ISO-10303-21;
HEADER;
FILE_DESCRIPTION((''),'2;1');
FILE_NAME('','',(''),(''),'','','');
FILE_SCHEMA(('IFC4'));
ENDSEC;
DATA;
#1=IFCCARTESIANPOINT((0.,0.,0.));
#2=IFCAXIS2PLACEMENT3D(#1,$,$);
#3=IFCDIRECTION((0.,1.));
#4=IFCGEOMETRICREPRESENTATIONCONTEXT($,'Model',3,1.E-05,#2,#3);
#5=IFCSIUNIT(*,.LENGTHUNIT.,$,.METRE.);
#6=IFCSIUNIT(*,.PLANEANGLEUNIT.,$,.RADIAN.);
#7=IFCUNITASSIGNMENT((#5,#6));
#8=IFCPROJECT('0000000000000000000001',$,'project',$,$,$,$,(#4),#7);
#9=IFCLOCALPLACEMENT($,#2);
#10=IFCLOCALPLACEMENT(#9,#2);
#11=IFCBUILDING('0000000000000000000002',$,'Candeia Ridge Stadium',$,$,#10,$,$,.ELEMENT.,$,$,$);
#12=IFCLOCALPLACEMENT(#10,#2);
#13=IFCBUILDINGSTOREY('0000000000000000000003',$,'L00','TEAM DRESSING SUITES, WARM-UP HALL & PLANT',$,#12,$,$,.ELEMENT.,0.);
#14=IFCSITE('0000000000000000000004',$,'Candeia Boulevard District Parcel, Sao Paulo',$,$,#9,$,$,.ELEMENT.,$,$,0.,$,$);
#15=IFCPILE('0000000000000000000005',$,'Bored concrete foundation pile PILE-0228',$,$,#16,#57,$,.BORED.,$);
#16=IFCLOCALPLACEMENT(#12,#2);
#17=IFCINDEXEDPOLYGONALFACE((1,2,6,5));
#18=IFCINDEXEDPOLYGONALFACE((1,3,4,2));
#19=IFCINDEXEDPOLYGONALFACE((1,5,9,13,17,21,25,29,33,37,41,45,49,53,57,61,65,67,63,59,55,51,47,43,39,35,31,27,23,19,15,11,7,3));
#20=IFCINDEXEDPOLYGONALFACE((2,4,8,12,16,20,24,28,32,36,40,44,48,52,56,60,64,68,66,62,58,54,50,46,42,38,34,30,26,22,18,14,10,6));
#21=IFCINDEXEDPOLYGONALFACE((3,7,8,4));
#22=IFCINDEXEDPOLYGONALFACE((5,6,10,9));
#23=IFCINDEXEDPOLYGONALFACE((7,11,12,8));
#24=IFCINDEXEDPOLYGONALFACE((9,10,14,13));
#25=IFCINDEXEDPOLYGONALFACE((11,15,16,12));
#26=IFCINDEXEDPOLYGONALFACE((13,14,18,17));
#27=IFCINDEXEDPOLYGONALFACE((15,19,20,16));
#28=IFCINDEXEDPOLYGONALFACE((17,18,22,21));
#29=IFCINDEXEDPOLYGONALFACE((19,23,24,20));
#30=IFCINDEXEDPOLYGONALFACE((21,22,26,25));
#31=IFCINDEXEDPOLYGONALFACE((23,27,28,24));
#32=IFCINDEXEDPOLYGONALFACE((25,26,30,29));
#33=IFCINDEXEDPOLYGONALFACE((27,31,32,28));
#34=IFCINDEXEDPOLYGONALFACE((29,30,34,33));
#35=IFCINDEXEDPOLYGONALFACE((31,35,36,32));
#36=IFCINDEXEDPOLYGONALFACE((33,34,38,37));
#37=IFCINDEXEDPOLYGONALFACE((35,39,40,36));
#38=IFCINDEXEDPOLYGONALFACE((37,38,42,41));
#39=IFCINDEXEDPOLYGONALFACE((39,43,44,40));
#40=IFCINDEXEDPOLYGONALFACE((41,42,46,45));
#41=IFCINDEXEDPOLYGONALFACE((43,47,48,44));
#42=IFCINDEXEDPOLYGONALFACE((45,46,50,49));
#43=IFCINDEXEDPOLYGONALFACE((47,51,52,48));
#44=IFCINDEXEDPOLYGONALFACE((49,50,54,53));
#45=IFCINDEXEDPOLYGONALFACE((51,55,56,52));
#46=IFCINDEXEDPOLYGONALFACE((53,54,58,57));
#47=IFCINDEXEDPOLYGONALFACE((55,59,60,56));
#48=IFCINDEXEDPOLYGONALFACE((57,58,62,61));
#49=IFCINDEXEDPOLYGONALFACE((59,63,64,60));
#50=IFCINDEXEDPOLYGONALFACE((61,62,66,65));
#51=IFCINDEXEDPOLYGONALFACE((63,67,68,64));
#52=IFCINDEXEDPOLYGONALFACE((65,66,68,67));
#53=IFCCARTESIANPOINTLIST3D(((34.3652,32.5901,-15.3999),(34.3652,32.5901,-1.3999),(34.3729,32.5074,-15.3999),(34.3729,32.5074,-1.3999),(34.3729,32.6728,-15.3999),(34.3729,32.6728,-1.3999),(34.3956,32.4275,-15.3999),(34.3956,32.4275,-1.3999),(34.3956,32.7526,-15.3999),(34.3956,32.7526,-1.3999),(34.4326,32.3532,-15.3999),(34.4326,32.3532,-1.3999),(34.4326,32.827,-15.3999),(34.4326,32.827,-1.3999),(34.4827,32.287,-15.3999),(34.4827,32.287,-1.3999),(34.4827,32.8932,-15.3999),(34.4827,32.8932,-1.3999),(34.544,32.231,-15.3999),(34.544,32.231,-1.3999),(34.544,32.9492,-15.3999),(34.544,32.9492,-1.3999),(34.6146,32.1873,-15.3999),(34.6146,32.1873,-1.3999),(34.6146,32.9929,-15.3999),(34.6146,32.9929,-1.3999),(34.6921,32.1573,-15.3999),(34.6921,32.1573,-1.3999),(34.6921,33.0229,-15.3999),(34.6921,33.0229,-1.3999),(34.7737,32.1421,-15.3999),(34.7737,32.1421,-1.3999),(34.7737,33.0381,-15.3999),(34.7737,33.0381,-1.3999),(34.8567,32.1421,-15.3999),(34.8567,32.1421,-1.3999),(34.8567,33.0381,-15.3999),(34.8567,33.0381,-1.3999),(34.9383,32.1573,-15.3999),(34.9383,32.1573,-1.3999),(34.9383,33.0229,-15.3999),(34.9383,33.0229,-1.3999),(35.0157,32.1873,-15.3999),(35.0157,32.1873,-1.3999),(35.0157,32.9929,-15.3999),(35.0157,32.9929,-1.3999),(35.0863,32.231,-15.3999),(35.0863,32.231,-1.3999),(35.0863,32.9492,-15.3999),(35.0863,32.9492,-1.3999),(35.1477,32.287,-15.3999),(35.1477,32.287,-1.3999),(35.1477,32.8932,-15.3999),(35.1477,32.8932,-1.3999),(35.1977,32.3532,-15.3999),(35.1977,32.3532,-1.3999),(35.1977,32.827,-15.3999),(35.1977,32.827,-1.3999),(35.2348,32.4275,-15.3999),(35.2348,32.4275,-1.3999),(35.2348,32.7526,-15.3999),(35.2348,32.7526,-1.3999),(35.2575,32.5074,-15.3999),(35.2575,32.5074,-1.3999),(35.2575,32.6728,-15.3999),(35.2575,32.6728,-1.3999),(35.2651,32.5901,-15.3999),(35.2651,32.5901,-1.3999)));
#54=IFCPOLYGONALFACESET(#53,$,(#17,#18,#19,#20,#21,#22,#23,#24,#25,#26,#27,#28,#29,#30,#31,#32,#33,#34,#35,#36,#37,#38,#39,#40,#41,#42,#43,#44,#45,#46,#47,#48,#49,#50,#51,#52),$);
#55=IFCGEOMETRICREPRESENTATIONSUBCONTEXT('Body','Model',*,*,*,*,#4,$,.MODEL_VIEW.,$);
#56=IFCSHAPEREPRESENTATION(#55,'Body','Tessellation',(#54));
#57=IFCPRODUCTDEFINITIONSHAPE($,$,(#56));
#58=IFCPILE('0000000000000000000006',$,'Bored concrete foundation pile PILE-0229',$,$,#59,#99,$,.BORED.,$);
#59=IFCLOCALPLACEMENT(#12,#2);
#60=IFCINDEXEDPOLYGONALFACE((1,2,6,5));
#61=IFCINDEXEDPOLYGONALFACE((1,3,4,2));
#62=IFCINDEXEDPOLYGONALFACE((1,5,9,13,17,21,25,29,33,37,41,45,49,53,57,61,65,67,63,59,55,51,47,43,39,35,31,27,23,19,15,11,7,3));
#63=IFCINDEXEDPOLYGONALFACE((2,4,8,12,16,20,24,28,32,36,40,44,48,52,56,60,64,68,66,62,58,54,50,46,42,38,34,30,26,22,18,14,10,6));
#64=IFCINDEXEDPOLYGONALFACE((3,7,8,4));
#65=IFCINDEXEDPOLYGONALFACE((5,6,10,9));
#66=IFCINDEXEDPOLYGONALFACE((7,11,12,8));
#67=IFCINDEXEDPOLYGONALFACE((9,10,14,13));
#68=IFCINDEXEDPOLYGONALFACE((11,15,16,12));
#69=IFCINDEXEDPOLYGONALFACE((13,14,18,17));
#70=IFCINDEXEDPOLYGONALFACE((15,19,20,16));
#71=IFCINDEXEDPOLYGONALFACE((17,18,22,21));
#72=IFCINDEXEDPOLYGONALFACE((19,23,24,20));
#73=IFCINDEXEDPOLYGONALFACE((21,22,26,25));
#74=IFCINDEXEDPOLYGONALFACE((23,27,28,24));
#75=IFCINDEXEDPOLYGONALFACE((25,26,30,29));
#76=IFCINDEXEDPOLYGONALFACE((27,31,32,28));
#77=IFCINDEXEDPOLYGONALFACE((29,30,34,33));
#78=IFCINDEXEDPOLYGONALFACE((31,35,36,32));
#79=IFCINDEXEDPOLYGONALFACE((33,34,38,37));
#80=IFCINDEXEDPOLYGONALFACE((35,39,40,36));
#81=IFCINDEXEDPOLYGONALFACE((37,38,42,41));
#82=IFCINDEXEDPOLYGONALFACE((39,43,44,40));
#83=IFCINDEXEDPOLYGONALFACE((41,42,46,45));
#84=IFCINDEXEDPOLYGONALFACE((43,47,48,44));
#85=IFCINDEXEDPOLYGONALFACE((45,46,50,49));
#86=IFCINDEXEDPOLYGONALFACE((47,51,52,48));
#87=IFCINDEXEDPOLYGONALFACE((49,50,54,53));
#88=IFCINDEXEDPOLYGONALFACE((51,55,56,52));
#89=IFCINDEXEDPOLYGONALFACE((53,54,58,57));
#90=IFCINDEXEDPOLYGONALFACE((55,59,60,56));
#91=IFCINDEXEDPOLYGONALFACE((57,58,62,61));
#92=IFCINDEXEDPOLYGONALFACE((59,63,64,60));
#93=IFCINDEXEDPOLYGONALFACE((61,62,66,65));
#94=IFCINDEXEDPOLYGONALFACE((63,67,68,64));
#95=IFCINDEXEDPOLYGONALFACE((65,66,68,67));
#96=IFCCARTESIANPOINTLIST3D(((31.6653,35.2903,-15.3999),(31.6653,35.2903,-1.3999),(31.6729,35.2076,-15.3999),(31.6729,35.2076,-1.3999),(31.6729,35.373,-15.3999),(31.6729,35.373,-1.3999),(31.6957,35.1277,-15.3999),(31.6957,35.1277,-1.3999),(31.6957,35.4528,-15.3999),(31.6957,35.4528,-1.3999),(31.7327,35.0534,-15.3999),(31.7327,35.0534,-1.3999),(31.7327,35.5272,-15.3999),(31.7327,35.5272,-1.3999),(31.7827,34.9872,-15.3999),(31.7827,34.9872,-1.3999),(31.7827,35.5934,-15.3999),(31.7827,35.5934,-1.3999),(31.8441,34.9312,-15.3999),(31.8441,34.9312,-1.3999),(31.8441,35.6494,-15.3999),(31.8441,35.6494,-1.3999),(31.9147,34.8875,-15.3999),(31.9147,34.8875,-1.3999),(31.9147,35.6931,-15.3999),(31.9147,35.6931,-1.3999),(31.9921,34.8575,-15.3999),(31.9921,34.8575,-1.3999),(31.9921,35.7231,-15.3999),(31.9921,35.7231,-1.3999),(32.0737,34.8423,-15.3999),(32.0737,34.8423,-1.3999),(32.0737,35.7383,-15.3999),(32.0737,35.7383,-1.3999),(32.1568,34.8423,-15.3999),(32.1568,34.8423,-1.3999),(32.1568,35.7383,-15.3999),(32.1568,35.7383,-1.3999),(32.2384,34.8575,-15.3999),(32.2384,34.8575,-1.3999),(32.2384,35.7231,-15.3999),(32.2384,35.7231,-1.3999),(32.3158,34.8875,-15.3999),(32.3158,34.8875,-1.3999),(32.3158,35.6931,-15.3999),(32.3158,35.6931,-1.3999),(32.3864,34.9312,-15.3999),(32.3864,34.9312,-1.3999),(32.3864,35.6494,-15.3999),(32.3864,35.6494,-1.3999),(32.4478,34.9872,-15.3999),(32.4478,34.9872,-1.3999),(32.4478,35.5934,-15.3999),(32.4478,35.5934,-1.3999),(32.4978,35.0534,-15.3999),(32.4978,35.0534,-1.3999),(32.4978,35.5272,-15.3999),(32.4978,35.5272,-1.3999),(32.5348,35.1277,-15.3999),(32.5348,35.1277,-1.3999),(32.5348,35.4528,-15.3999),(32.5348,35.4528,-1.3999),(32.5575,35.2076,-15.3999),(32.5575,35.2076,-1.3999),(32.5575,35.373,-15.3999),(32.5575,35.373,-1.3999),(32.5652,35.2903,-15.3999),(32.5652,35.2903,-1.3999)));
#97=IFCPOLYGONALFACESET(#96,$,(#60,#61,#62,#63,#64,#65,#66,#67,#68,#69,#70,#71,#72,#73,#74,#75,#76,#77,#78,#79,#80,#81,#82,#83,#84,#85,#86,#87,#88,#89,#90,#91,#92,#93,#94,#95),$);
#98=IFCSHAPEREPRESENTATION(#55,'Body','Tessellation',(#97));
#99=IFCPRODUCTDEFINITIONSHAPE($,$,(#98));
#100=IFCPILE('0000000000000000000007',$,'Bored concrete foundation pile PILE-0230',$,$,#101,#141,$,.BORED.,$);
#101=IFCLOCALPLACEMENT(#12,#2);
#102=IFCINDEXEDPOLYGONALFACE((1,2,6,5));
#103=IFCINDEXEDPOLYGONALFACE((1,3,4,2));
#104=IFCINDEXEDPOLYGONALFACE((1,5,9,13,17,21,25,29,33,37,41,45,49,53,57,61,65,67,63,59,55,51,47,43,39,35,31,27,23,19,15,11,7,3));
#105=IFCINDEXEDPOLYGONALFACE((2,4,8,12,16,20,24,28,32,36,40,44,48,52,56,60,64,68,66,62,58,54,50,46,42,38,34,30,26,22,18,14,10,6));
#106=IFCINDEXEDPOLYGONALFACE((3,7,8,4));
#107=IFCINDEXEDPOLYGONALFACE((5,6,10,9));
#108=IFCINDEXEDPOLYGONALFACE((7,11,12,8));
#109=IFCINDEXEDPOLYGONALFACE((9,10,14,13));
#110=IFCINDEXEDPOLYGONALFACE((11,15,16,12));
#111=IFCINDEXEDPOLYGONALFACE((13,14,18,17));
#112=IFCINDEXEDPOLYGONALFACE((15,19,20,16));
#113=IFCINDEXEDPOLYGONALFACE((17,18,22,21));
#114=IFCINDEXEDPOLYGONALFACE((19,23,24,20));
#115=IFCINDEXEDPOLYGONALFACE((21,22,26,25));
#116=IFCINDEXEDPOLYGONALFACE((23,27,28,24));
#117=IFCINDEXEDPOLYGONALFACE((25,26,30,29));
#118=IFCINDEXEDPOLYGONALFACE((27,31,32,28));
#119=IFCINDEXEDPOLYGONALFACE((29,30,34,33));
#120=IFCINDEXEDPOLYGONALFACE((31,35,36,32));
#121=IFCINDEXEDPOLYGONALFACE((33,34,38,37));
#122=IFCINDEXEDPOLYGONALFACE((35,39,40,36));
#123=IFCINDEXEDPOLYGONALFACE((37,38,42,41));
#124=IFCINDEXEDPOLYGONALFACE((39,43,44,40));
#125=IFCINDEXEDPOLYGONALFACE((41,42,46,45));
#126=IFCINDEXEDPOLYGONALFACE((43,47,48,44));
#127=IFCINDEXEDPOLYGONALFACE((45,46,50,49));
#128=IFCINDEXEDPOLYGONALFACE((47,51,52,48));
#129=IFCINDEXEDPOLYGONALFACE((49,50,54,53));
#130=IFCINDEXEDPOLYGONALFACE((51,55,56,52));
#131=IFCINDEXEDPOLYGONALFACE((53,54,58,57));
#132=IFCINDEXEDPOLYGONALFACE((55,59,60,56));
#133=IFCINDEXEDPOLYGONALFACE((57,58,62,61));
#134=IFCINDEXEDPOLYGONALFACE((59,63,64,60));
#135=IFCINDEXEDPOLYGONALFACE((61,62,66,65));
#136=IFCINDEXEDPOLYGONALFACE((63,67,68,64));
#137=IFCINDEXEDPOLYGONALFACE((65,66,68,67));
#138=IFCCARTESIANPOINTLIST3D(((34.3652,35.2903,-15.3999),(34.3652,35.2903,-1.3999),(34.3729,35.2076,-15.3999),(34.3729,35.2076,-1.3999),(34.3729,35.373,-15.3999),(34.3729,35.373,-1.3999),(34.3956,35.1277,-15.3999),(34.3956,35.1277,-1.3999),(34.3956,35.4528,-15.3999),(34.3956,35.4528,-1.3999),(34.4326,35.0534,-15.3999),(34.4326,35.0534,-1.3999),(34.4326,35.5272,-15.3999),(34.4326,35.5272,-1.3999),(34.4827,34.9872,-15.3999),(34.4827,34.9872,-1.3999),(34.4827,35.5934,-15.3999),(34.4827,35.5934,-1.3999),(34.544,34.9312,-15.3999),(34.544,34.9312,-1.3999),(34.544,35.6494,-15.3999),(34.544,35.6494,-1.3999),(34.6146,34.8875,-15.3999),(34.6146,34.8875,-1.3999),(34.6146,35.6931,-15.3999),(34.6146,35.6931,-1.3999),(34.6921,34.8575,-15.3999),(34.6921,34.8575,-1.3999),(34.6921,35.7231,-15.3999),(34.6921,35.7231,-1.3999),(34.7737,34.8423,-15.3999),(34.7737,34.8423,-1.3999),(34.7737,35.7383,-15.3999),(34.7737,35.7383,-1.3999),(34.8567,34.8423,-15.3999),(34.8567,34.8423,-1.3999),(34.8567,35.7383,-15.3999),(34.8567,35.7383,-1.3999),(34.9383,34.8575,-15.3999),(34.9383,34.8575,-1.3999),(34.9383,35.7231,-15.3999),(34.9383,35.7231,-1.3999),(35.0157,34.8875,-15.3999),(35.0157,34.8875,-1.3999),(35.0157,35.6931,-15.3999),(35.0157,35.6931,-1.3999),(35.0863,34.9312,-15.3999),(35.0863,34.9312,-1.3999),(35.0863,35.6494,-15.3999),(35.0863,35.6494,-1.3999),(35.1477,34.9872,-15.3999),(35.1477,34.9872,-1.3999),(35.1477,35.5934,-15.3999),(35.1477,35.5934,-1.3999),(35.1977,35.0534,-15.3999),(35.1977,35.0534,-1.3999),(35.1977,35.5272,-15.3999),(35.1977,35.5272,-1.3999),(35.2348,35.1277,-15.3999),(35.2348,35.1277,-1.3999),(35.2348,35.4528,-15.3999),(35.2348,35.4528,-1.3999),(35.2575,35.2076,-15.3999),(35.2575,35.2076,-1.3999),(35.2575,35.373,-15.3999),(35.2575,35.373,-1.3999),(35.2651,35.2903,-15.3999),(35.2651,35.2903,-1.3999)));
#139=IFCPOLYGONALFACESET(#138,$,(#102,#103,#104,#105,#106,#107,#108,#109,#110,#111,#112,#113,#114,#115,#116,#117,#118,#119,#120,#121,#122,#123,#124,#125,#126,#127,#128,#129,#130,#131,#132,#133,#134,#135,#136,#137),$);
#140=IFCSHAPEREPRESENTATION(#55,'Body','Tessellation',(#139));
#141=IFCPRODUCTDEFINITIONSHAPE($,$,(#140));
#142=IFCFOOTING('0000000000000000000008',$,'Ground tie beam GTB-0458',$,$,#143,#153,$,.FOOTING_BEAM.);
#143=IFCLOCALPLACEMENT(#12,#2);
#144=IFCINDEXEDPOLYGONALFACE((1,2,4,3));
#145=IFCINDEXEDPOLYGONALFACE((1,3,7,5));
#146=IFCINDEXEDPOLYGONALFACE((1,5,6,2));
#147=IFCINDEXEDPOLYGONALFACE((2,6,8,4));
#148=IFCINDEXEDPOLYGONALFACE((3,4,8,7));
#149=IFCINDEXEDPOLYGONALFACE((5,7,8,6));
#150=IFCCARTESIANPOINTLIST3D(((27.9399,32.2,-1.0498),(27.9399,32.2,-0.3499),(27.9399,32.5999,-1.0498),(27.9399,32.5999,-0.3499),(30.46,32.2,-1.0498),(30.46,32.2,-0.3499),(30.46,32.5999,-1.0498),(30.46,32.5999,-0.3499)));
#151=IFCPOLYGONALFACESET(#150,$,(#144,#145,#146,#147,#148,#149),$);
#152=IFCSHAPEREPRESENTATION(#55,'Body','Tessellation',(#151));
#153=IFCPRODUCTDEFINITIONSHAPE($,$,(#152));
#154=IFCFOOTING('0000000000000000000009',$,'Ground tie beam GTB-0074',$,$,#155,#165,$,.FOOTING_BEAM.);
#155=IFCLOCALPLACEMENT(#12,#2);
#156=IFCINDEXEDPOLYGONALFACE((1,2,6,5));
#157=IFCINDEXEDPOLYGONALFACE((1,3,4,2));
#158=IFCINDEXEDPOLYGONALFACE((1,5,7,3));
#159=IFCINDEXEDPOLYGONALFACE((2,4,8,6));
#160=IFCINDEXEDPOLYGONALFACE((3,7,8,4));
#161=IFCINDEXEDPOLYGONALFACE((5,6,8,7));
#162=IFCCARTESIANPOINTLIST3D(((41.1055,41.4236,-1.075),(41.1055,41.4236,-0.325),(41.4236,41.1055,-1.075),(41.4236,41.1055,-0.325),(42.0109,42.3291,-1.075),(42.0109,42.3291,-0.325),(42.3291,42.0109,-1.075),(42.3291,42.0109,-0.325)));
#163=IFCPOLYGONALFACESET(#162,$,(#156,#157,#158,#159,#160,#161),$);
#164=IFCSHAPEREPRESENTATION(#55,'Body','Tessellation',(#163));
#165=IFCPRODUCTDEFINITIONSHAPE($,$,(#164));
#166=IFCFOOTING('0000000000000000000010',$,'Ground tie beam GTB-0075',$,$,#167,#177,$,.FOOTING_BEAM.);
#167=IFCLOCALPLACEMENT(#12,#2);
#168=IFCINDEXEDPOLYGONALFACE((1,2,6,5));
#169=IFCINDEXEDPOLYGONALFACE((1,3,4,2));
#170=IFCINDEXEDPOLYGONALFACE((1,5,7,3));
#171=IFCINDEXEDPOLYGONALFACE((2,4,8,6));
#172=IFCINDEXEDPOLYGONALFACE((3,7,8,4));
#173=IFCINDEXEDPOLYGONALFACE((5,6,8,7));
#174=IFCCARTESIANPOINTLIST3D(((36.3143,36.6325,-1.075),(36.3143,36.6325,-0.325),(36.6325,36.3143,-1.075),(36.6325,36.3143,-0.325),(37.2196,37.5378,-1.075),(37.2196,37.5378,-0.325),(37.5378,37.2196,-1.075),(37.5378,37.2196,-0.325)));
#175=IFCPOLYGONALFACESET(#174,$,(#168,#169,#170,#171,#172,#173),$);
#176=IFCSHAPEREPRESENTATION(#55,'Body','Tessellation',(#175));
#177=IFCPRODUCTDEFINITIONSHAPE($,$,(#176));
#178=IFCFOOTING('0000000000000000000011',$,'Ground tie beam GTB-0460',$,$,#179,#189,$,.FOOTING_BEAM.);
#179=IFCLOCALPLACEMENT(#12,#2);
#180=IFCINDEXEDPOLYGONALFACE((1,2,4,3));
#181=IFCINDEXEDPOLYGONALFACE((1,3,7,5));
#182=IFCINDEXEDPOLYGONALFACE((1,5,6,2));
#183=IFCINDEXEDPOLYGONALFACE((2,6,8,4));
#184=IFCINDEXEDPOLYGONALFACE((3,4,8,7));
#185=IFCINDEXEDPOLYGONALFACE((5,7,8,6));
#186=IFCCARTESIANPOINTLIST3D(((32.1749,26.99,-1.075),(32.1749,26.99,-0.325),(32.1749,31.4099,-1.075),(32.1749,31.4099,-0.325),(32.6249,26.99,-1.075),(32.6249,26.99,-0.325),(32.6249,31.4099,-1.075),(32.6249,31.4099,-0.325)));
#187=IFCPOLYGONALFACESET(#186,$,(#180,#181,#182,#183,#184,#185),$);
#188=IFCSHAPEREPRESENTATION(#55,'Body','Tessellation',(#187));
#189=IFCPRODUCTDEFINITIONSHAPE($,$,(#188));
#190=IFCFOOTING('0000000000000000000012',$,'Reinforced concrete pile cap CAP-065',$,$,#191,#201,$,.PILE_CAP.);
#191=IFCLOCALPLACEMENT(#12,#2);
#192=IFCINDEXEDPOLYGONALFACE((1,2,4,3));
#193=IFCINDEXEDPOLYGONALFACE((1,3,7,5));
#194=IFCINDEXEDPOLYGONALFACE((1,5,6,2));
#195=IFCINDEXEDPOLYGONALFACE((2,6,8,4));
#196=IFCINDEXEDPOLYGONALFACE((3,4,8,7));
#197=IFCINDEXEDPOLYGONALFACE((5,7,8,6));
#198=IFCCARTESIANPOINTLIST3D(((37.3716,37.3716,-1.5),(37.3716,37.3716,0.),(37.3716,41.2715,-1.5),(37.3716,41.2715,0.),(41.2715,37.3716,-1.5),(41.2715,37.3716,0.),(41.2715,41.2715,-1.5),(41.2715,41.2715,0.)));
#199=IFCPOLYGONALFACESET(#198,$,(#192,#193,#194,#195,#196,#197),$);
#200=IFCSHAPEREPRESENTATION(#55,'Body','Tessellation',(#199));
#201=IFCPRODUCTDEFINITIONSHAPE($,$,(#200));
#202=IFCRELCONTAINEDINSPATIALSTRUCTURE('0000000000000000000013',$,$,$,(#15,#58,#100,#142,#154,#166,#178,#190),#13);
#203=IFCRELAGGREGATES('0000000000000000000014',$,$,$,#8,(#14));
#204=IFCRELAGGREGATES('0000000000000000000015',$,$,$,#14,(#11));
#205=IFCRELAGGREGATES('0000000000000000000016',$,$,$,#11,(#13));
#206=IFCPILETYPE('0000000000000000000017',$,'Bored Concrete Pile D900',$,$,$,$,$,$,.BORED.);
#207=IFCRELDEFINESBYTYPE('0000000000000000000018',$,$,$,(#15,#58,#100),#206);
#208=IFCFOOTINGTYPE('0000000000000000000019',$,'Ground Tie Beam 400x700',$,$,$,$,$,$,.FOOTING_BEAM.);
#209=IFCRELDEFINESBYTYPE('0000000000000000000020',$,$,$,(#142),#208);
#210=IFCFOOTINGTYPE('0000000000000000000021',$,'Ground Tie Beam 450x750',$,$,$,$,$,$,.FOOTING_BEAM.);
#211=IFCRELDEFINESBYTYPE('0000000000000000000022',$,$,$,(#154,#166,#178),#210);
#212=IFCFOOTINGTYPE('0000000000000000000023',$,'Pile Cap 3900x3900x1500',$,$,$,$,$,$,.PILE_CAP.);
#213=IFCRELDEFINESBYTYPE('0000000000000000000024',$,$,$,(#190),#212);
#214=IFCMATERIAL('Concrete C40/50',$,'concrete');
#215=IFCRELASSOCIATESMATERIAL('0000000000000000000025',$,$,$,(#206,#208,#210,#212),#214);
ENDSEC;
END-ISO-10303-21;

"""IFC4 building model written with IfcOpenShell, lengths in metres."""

from ifc_helpers import new_model, si_unit, direction, frame, origin, origin_2d, place, context, subcontext, project, spatial, rectangle, circle, extrude, material, material_profile, profile_set, type_object, element, save


model = new_model("IFC4")

# Units and contexts
model_context = context("Model", 3, precision=1e-05, world=origin(), true_north=direction((0.0, 1.0)))
body_context = subcontext(model_context, "Body", "Model", "MODEL_VIEW")
ifc_project = project(units=[si_unit("LENGTHUNIT", "METRE"), si_unit("PLANEANGLEUNIT", "RADIAN")], contexts=[model_context])

# Site, building, storey
site_placement = place(None, origin())
site = spatial("IfcSite", under=ifc_project, at=site_placement, Name="Candeia Boulevard District Parcel, Sao Paulo", CompositionType="ELEMENT", RefElevation=0.0)
building_placement = place(site_placement, origin())
building = spatial("IfcBuilding", under=site, at=building_placement, Name="Candeia Ridge Stadium", CompositionType="ELEMENT")
storey_placement = place(building_placement, origin())
storey = spatial("IfcBuildingStorey", under=building, at=storey_placement, Name="L00", Description="TEAM DRESSING SUITES, WARM-UP HALL & PLANT", CompositionType="ELEMENT", Elevation=0.0)

# Piles
ifc_material_1 = material(Name="Concrete C40/50", Category="concrete")
ifc_material_profile_1 = material_profile(ifc_material_1, circle(Radius=0.45, at=origin_2d()), Name="PILE-D900", Category="concrete")
ifc_profile_set_1 = profile_set([ifc_material_profile_1], Name="Concrete C40/50")
pile_type_1 = type_object("IfcPileType", Name="Bored Concrete Pile D900", PredefinedType="BORED", material=ifc_profile_set_1)
for number, where, z_axis, x_axis, name in (
    (1, (34.8152, 32.5901, -1.3999), (0.0, 0.0, -1.0), (1.0, 0.0, 0.0), "Bored concrete foundation pile PILE-0228"),
    (2, (32.1152, 35.2903, -1.3999), (0.0, 0.0, -1.0), (1.0, 0.0, 0.0), "Bored concrete foundation pile PILE-0229"),
    (3, (34.8152, 35.2903, -1.3999), (0.0, 0.0, -1.0), (1.0, 0.0, 0.0), "Bored concrete foundation pile PILE-0230"),
):
    element("IfcPile", number, at=place(storey_placement, frame(where, z_axis=z_axis, x_axis=x_axis)), inside=storey, type_object=pile_type_1, Name=name, PredefinedType="BORED", context=body_context, shape_type="SweptSolid", body=[
        extrude(circle(Radius=0.45, at=origin_2d()), origin(), (0.0, 0.0, 1.0), 14.0),
    ])

# Footings
footing_type_1 = type_object("IfcFootingType", Name="Ground Tie Beam 400x700", PredefinedType="FOOTING_BEAM", material=ifc_material_1)
footing_1_placement = place(storey_placement, frame((29.2, 32.3999, -1.0498), z_axis=(0.0, 0.0, 1.0), x_axis=(1.0, 0.0, 0.0)))
element("IfcFooting", 4, at=footing_1_placement, inside=storey, type_object=footing_type_1, Name="Ground tie beam GTB-0458", PredefinedType="FOOTING_BEAM", context=body_context, shape_type="SweptSolid", body=[
    extrude(rectangle(XDim=2.52, YDim=0.3999, at=origin_2d()), origin(), (0.0, 0.0, 1.0), 0.7),
])
footing_type_2 = type_object("IfcFootingType", Name="Ground Tie Beam 450x750", PredefinedType="FOOTING_BEAM", material=ifc_material_1)
footing_2_placement = place(storey_placement, frame((41.7173, 41.7173, -1.075), z_axis=(0.0, 0.0, 1.0), x_axis=(-0.707107, -0.707107, 0.0)))
element("IfcFooting", 5, at=footing_2_placement, inside=storey, type_object=footing_type_2, Name="Ground tie beam GTB-0074", PredefinedType="FOOTING_BEAM", context=body_context, shape_type="SweptSolid", body=[
    extrude(rectangle(XDim=1.2805, YDim=0.45, at=origin_2d()), origin(), (0.0, 0.0, 1.0), 0.75),
])
footing_3_placement = place(storey_placement, frame((36.926, 36.926, -1.075), z_axis=(0.0, 0.0, 1.0), x_axis=(-0.707107, -0.707107, 0.0)))
element("IfcFooting", 6, at=footing_3_placement, inside=storey, type_object=footing_type_2, Name="Ground tie beam GTB-0075", PredefinedType="FOOTING_BEAM", context=body_context, shape_type="SweptSolid", body=[
    extrude(rectangle(XDim=1.2803, YDim=0.45, at=origin_2d()), origin(), (0.0, 0.0, 1.0), 0.75),
])
footing_4_placement = place(storey_placement, frame((32.3999, 29.2, -1.075), z_axis=(0.0, 0.0, 1.0), x_axis=(0.0, 1.0, 0.0)))
element("IfcFooting", 7, at=footing_4_placement, inside=storey, type_object=footing_type_2, Name="Ground tie beam GTB-0460", PredefinedType="FOOTING_BEAM", context=body_context, shape_type="SweptSolid", body=[
    extrude(rectangle(XDim=4.4199, YDim=0.45, at=origin_2d()), origin(), (0.0, 0.0, 1.0), 0.75),
])
footing_type_3 = type_object("IfcFootingType", Name="Pile Cap 3900x3900x1500", PredefinedType="PILE_CAP", material=ifc_material_1)
footing_5_placement = place(storey_placement, frame((39.3215, 39.3215, -1.5), z_axis=(0.0, 0.0, 1.0), x_axis=(1.0, 0.0, 0.0)))
element("IfcFooting", 8, at=footing_5_placement, inside=storey, type_object=footing_type_3, Name="Reinforced concrete pile cap CAP-065", PredefinedType="PILE_CAP", context=body_context, shape_type="SweptSolid", body=[
    extrude(rectangle(XDim=3.8999, YDim=3.8999, at=origin_2d()), origin(), (0.0, 0.0, 1.0), 1.5),
])

save(model, "model.ifc")
